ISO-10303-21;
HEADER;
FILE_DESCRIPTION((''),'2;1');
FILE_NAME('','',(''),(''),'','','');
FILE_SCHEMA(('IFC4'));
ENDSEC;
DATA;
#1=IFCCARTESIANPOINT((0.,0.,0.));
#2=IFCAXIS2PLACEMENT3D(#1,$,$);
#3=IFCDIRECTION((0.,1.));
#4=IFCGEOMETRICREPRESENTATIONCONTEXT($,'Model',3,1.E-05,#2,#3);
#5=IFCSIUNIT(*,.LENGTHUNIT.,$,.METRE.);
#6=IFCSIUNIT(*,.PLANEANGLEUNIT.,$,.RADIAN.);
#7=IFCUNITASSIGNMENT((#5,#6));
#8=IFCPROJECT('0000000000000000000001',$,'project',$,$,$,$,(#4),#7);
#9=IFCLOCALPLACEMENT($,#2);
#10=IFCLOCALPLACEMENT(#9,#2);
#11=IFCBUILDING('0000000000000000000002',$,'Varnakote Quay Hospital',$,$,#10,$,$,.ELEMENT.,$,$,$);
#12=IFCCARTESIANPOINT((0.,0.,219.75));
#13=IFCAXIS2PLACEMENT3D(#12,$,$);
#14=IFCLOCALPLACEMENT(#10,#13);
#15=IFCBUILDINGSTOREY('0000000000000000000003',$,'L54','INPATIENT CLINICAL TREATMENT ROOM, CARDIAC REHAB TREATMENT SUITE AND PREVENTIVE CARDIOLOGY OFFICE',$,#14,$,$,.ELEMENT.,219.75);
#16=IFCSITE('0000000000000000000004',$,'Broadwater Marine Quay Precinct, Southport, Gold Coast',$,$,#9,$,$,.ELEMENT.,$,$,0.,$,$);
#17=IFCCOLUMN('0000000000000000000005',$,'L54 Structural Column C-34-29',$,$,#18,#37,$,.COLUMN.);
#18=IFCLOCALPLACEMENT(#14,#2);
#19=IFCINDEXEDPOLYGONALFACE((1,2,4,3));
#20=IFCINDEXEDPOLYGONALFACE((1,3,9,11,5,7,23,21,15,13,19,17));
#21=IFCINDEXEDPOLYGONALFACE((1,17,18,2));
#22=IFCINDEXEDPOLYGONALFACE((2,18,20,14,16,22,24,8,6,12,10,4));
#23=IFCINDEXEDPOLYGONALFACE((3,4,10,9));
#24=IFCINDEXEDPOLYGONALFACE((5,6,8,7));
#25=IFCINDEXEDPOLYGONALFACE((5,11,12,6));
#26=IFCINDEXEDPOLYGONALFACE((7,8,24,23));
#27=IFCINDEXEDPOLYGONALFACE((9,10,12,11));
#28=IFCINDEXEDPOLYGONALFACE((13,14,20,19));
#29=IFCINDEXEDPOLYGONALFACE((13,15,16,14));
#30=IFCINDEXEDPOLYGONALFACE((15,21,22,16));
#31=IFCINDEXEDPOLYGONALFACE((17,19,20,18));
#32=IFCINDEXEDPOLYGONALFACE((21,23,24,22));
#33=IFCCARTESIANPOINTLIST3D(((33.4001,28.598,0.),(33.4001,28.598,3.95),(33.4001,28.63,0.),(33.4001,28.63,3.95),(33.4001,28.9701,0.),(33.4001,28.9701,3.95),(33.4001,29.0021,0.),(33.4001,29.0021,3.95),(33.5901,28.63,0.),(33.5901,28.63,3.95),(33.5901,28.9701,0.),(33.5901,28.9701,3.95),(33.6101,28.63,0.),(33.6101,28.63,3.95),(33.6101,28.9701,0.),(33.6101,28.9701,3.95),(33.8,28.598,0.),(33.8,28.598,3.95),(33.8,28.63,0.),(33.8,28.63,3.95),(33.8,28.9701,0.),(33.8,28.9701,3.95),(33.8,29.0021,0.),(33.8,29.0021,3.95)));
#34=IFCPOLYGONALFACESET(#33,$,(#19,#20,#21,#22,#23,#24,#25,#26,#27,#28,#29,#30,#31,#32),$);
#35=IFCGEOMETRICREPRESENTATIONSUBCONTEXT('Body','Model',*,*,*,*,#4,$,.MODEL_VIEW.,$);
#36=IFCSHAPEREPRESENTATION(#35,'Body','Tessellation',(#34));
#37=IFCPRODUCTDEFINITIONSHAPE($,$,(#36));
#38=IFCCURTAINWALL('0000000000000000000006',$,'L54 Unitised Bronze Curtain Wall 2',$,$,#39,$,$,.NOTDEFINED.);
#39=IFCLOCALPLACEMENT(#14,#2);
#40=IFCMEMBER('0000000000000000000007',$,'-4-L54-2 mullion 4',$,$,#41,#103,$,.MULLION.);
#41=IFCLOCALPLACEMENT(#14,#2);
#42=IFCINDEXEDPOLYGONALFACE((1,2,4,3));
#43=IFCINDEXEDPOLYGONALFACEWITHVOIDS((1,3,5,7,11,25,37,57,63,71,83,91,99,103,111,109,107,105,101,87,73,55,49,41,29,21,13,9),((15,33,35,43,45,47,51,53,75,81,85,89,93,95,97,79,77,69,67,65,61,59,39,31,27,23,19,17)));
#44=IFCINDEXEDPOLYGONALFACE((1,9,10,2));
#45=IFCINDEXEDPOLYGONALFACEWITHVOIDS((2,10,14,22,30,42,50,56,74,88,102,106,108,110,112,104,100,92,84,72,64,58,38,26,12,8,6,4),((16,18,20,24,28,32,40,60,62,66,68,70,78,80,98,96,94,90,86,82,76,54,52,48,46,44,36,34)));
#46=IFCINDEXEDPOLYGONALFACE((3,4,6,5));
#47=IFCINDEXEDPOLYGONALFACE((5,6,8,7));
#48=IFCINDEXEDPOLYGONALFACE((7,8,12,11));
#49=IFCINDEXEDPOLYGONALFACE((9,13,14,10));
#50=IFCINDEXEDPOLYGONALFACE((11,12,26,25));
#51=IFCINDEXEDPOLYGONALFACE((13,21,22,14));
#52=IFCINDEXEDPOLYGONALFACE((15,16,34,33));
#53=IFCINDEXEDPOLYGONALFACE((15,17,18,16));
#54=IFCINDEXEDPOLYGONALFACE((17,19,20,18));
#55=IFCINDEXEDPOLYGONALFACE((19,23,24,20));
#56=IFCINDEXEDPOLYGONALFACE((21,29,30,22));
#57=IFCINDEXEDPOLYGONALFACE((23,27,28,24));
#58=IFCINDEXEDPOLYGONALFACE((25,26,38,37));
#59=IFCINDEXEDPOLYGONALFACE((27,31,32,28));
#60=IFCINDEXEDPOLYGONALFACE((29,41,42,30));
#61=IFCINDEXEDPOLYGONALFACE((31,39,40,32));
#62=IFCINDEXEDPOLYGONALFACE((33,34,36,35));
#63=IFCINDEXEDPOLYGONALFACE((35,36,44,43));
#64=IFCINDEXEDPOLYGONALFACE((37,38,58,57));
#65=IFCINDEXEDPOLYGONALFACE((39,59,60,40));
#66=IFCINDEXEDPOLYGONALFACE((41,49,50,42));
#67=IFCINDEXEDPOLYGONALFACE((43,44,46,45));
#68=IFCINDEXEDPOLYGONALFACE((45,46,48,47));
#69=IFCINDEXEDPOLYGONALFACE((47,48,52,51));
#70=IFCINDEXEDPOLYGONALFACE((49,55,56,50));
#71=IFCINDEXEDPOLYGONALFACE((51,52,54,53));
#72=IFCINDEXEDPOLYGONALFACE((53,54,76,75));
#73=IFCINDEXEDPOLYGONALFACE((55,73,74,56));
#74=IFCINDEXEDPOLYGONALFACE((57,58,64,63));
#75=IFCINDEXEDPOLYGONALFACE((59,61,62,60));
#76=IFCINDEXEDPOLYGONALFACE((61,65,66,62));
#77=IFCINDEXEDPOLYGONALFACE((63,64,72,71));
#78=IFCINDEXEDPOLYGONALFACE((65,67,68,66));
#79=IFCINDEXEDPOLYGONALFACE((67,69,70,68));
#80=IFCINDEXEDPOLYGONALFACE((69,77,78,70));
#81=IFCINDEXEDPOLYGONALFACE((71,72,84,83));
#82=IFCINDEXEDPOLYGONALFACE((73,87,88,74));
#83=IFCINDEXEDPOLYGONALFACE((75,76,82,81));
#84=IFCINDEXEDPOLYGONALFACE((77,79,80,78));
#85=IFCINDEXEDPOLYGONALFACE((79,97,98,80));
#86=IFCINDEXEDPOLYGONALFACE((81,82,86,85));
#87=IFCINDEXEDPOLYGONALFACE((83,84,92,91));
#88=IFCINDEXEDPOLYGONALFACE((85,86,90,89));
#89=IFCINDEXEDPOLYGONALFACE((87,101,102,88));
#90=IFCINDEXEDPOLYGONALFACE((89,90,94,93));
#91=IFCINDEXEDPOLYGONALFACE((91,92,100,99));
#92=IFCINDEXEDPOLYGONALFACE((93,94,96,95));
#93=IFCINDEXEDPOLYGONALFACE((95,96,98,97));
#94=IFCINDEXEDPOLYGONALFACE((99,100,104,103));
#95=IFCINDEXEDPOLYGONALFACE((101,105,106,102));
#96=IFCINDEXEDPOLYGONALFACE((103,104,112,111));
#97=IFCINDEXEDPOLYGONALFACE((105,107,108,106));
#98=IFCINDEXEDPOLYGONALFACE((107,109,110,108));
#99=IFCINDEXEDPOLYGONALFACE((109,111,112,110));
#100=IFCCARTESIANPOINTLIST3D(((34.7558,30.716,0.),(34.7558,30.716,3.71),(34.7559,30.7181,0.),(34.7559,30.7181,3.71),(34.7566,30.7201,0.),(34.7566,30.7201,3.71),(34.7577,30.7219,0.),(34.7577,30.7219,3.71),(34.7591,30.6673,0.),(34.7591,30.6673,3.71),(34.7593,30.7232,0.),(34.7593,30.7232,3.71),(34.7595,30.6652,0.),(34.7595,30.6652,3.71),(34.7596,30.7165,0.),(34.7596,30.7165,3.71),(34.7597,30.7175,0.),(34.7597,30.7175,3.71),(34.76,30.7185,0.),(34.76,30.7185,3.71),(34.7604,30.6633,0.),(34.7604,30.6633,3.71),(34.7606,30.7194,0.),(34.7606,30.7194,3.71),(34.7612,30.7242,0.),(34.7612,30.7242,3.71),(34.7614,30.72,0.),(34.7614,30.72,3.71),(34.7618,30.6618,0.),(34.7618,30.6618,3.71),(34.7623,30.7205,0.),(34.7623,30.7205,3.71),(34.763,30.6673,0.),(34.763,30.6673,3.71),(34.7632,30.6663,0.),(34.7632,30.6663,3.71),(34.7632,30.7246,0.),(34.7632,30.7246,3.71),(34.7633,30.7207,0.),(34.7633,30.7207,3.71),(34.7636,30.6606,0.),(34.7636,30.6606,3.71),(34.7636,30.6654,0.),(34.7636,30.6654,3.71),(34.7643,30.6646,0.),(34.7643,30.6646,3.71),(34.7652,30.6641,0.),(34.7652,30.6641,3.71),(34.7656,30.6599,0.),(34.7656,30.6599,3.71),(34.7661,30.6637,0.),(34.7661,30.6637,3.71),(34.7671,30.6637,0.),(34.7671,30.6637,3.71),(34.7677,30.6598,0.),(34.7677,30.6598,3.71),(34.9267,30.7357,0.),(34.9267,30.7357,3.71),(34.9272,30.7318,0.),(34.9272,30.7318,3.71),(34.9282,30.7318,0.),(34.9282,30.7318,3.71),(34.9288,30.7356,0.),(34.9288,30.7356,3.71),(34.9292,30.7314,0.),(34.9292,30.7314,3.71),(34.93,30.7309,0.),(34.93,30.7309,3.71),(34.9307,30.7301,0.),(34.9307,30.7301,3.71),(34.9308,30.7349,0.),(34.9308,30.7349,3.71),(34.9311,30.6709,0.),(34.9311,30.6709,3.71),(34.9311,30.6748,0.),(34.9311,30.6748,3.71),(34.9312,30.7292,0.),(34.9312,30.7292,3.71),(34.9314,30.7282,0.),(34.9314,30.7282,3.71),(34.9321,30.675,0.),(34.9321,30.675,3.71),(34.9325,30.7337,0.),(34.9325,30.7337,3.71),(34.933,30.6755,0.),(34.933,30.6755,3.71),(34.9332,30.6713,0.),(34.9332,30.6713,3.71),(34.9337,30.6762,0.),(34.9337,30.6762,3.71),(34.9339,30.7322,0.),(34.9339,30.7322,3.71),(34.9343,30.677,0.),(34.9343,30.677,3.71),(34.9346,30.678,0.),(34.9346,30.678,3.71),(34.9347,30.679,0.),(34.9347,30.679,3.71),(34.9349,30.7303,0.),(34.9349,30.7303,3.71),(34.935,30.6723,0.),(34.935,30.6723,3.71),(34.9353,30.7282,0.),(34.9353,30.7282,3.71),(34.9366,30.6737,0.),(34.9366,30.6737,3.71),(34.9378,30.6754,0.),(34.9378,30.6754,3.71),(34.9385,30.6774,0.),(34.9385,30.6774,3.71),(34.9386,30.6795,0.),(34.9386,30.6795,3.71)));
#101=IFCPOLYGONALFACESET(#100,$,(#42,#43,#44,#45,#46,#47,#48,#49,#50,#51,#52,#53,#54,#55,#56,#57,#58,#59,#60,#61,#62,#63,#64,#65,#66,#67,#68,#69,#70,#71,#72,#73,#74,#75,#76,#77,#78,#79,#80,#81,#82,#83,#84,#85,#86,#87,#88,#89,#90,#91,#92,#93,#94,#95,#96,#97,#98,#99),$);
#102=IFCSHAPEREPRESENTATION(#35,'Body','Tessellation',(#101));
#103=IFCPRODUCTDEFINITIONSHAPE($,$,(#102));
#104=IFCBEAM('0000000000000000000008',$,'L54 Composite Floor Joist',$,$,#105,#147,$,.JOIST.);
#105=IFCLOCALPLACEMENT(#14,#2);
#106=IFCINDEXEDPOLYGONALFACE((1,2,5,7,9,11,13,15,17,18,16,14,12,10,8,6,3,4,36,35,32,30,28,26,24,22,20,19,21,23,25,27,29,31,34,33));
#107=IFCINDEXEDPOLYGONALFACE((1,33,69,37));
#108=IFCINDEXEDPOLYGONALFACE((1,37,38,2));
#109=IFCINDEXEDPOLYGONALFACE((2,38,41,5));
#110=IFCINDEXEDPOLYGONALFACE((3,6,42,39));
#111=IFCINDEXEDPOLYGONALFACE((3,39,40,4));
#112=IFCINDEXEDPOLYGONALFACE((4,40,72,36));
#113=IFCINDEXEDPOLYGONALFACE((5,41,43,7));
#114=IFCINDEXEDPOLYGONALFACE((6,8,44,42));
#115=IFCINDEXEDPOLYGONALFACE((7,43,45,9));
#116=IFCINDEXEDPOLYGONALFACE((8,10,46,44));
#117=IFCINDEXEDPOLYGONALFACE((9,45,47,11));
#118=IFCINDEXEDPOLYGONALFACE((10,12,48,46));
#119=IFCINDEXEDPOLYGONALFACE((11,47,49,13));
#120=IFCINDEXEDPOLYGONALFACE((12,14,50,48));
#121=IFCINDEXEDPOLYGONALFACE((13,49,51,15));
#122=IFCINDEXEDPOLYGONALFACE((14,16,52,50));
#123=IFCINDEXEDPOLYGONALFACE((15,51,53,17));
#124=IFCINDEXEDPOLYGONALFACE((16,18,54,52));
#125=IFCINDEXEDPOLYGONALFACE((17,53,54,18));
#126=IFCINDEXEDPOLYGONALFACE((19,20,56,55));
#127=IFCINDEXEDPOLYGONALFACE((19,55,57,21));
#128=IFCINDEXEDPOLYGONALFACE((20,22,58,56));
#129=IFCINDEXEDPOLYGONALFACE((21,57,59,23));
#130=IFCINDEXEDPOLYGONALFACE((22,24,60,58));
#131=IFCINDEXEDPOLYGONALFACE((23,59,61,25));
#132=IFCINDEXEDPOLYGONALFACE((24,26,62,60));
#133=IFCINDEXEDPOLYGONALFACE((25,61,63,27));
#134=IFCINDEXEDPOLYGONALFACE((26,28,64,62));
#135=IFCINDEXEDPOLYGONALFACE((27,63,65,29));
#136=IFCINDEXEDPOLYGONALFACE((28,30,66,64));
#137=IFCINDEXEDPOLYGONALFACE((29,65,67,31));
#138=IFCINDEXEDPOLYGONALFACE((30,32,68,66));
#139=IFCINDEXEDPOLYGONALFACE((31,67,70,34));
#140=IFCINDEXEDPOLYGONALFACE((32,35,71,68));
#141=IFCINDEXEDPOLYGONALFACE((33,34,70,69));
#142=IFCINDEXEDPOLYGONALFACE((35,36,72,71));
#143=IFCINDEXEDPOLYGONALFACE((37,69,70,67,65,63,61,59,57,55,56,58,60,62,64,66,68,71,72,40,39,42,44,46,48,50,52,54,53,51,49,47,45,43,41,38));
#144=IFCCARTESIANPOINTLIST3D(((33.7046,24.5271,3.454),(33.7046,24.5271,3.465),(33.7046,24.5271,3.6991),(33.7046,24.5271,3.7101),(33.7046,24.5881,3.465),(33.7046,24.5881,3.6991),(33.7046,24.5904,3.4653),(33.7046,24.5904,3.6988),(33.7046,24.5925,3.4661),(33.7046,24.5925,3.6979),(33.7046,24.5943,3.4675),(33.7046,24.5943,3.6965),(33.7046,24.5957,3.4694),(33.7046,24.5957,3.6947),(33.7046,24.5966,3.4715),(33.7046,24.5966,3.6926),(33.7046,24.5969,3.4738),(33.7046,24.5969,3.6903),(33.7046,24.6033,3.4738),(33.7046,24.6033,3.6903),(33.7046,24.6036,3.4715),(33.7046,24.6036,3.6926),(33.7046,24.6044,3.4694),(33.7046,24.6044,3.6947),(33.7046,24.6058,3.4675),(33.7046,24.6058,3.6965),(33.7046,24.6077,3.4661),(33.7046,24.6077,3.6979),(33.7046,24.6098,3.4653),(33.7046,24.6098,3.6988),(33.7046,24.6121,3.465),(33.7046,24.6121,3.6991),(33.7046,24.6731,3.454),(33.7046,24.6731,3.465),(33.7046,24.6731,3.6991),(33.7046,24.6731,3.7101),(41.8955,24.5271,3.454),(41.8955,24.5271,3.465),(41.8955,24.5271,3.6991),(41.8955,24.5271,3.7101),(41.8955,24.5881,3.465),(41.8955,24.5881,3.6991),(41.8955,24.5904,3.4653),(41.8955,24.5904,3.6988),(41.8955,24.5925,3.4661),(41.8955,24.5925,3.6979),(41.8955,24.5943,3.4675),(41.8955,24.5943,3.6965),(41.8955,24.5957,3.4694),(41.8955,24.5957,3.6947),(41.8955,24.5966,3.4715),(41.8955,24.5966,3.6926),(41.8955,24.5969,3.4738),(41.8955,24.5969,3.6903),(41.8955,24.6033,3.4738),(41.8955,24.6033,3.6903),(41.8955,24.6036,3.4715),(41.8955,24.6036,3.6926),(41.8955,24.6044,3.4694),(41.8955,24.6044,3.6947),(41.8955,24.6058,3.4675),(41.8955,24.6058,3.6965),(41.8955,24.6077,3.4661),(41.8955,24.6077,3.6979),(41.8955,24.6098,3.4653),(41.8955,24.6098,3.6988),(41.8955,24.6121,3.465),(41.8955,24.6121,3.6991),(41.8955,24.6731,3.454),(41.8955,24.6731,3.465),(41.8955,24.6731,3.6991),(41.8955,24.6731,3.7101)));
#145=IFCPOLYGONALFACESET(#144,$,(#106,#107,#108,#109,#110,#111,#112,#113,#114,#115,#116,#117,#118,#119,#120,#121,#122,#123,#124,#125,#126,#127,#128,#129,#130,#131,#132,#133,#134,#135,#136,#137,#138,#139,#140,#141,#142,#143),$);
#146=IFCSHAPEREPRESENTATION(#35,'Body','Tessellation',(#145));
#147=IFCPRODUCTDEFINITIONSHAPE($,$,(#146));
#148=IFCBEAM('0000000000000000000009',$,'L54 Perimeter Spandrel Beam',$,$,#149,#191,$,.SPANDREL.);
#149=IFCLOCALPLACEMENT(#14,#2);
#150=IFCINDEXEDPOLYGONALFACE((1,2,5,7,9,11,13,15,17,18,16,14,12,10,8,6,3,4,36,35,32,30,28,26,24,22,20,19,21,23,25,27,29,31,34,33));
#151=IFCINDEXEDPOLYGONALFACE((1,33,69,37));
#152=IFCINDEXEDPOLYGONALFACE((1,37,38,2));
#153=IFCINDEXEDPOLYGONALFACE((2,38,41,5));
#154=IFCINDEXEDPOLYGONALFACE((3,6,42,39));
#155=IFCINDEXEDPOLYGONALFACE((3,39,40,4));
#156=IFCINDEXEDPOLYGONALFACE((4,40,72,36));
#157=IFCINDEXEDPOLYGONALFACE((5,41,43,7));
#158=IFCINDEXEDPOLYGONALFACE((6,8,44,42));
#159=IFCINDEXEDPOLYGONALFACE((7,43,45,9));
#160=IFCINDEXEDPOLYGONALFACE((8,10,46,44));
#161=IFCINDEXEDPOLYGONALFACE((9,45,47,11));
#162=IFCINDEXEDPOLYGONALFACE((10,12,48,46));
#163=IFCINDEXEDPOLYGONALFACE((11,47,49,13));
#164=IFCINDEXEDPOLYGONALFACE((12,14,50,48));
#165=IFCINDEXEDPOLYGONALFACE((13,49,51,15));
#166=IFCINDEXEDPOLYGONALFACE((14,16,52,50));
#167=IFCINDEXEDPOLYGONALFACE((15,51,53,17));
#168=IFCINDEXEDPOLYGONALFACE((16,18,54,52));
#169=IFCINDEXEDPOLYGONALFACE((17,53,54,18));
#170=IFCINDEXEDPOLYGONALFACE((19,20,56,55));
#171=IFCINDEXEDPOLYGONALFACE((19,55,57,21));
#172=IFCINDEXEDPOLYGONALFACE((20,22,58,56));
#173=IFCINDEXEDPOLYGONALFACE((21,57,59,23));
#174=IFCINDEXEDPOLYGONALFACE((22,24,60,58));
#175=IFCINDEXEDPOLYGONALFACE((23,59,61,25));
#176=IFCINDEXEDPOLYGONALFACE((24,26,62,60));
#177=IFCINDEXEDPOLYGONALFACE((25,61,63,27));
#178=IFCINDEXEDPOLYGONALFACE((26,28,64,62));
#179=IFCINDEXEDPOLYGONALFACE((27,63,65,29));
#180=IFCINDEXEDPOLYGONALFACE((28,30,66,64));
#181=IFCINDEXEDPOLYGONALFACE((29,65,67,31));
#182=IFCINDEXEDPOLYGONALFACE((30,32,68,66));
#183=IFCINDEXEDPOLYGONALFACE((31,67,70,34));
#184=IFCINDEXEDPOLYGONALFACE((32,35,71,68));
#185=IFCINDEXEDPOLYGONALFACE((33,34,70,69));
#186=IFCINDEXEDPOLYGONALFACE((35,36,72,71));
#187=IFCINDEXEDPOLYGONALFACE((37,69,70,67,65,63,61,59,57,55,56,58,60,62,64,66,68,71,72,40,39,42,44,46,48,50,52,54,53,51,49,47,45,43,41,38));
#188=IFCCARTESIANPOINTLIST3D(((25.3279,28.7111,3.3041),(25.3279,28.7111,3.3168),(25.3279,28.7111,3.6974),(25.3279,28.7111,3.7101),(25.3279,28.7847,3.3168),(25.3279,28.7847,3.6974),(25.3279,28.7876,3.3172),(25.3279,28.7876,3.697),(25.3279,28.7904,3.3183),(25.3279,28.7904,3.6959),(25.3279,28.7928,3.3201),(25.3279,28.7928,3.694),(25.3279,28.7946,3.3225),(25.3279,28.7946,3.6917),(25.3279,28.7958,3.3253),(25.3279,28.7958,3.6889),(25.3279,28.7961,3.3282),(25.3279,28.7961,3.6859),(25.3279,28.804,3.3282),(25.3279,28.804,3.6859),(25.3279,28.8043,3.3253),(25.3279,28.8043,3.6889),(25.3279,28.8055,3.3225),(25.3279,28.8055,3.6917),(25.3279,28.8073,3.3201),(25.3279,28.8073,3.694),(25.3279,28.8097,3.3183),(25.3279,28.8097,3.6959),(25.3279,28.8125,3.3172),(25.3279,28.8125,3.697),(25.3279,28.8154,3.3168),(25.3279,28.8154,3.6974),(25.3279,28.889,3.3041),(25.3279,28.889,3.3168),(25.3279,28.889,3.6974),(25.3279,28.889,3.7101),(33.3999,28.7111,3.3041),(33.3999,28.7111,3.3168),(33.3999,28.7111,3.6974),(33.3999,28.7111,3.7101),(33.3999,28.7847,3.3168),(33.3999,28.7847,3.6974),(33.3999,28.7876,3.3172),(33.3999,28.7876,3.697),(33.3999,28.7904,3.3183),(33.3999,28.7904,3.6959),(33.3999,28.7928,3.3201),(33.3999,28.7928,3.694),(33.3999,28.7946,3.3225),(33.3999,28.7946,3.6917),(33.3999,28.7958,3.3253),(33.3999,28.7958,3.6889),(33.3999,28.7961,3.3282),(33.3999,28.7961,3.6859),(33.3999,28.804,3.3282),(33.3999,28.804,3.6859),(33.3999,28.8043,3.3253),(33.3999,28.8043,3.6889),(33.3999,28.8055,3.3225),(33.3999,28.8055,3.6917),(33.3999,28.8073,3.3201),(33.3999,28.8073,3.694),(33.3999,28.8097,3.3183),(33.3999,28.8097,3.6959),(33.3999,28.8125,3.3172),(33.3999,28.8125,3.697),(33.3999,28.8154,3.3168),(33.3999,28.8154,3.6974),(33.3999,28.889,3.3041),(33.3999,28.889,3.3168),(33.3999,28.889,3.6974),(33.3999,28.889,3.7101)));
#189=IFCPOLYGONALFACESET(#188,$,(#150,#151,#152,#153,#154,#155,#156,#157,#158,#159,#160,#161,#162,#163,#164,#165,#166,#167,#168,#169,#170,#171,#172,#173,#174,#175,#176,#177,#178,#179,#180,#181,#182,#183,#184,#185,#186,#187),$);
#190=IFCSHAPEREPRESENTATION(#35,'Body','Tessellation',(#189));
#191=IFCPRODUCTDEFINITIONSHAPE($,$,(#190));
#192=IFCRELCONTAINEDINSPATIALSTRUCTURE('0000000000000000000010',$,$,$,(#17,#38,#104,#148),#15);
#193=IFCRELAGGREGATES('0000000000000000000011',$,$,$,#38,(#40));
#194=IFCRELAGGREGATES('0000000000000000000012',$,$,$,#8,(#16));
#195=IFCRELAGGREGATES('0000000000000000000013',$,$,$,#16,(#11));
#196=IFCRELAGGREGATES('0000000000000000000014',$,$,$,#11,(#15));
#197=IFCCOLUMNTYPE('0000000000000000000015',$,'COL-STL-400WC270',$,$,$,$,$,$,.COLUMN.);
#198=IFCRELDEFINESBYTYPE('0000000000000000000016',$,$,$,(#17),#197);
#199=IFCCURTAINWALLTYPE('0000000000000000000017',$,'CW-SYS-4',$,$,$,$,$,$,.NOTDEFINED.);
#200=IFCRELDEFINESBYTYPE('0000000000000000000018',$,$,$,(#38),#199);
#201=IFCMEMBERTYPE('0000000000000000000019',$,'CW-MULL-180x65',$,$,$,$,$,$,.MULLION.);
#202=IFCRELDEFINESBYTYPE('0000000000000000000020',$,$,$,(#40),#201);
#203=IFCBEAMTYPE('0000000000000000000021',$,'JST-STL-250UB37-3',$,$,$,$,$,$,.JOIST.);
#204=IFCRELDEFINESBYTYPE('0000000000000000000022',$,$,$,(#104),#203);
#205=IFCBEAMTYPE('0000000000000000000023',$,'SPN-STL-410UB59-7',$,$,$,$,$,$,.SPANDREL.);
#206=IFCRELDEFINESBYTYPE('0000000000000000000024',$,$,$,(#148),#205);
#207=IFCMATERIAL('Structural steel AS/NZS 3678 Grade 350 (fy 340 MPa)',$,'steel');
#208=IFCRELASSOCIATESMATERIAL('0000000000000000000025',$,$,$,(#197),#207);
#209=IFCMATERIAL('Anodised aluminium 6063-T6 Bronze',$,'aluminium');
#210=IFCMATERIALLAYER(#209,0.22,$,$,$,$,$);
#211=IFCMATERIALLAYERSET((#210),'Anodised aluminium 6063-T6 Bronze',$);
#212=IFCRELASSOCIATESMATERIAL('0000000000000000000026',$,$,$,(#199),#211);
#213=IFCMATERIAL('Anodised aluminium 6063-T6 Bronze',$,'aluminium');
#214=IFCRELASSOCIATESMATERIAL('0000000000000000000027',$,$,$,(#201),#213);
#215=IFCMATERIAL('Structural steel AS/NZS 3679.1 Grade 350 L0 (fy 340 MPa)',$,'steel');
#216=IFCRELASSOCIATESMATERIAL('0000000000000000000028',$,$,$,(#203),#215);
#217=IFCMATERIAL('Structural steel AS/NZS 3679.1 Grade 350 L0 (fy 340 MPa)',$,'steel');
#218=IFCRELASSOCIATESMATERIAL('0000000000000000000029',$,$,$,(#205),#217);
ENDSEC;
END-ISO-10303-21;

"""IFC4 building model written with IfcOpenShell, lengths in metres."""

from ifc_helpers import new_model, si_unit, direction, frame, origin, origin_2d, place, context, subcontext, project, spatial, hollow_rectangle, i_section, extrude, material, layer, layer_set, material_profile, profile_set, type_object, element, aggregate, save


model = new_model("IFC4")

# Units and contexts
model_context = context("Model", 3, precision=1e-05, world=origin(), true_north=direction((0.0, 1.0)))
body_context = subcontext(model_context, "Body", "Model", "MODEL_VIEW")
ifc_project = project(units=[si_unit("LENGTHUNIT", "METRE"), si_unit("PLANEANGLEUNIT", "RADIAN")], contexts=[model_context])

# Site, building, storey
site_placement = place(None, origin())
site = spatial("IfcSite", under=ifc_project, at=site_placement, Name="Broadwater Marine Quay Precinct, Southport, Gold Coast", CompositionType="ELEMENT", RefElevation=0.0)
building_placement = place(site_placement, origin())
building = spatial("IfcBuilding", under=site, at=building_placement, Name="Varnakote Quay Hospital", CompositionType="ELEMENT")
storey_placement = place(building_placement, frame((0.0, 0.0, 219.75)))
storey = spatial("IfcBuildingStorey", under=building, at=storey_placement, Name="L54", Description="INPATIENT CLINICAL TREATMENT ROOM, CARDIAC REHAB TREATMENT SUITE AND PREVENTIVE CARDIOLOGY OFFICE", CompositionType="ELEMENT", Elevation=219.75)

# Column
ifc_material_1 = material(Name="Structural steel AS/NZS 3678 Grade 350 (fy 340 MPa)", Category="steel")
ifc_material_profile_1 = material_profile(ifc_material_1, i_section(OverallWidth=0.3999, OverallDepth=0.4041, WebThickness=0.02, FlangeThickness=0.032, at=origin_2d()), Name="400WC270")
ifc_profile_set_1 = profile_set([ifc_material_profile_1], Name="Structural steel AS/NZS 3678 Grade 350 (fy 340 MPa)")
column_type = type_object("IfcColumnType", Name="COL-STL-400WC270", PredefinedType="COLUMN", material=ifc_profile_set_1)
column_placement = place(storey_placement, frame((33.6001, 28.8, 0.0), z_axis=(0.0, 0.0, 1.0), x_axis=(1.0, 0.0, 0.0)))
element("IfcColumn", 1, at=column_placement, inside=storey, type_object=column_type, Name="L54 Structural Column C-34-29", PredefinedType="COLUMN", context=body_context, shape_type="SweptSolid", body=[
    extrude(i_section(OverallWidth=0.3999, OverallDepth=0.4041, WebThickness=0.02, FlangeThickness=0.032, at=origin_2d()), origin(), (0.0, 0.0, 1.0), 3.95),
])

# Curtain wall, member
ifc_material_2 = material(Name="Anodised aluminium 6063-T6 Bronze", Category="aluminium")
ifc_layer_1 = layer(ifc_material_2, 0.22)
ifc_layer_set_1 = layer_set([ifc_layer_1], Name="Anodised aluminium 6063-T6 Bronze")
curtain_wall_type = type_object("IfcCurtainWallType", Name="CW-SYS-4", PredefinedType="NOTDEFINED", material=ifc_layer_set_1)
curtain_wall_placement = place(storey_placement, origin())
curtain_wall = element("IfcCurtainWall", 2, at=curtain_wall_placement, inside=storey, type_object=curtain_wall_type, Name="L54 Unitised Bronze Curtain Wall 2", PredefinedType="NOTDEFINED")
ifc_material_3 = material(Name="Anodised aluminium 6063-T6 Bronze", Category="aluminium")
ifc_material_profile_2 = material_profile(ifc_material_3, hollow_rectangle(XDim=0.0649, YDim=0.1799, WallThickness=0.0039, InnerFilletRadius=0.0039, OuterFilletRadius=0.0081, at=origin_2d()), Name="CW-MULL-180x65")
ifc_profile_set_2 = profile_set([ifc_material_profile_2], Name="Anodised aluminium 6063-T6 Bronze")
member_type = type_object("IfcMemberType", Name="CW-MULL-180x65", PredefinedType="MULLION", material=ifc_profile_set_2)
member_placement = place(storey_placement, frame((34.8472, 30.6978, 0.0), z_axis=(0.0, 0.0, 1.0), x_axis=(0.067842, -0.997696, 0.0)))
member = element("IfcMember", 3, at=member_placement, type_object=member_type, Name="-4-L54-2 mullion 4", PredefinedType="MULLION", context=body_context, shape_type="SweptSolid", body=[
    extrude(hollow_rectangle(XDim=0.0649, YDim=0.1799, WallThickness=0.0039, InnerFilletRadius=0.0039, OuterFilletRadius=0.0081, at=origin_2d()), origin(), (0.0, 0.0, 1.0), 3.71),
])
aggregate(curtain_wall, [member])

# Beams
ifc_material_4 = material(Name="Structural steel AS/NZS 3679.1 Grade 350 L0 (fy 340 MPa)", Category="steel")
ifc_material_profile_3 = material_profile(ifc_material_4, i_section(OverallWidth=0.146, OverallDepth=0.2561, WebThickness=0.0063, FlangeThickness=0.011, FilletRadius=0.0088, at=origin_2d()), Name="250UB37.3")
ifc_profile_set_3 = profile_set([ifc_material_profile_3], Name="Structural steel AS/NZS 3679.1 Grade 350 L0 (fy 340 MPa)")
beam_type_1 = type_object("IfcBeamType", Name="JST-STL-250UB37-3", PredefinedType="JOIST", material=ifc_profile_set_3)
beam_placement = place(storey_placement, frame((33.7046, 24.6001, 3.582), z_axis=(1.0, 0.0, 0.0), x_axis=(0.0, 1.0, 0.0)))
element("IfcBeam", 4, at=beam_placement, inside=storey, type_object=beam_type_1, Name="L54 Composite Floor Joist", PredefinedType="JOIST", context=body_context, shape_type="SweptSolid", body=[
    extrude(i_section(OverallWidth=0.146, OverallDepth=0.2561, WebThickness=0.0063, FlangeThickness=0.011, FilletRadius=0.0088, at=origin_2d()), origin(), (0.0, 0.0, 1.0), 8.1909),
])
ifc_material_5 = material(Name="Structural steel AS/NZS 3679.1 Grade 350 L0 (fy 340 MPa)", Category="steel")
ifc_material_profile_4 = material_profile(ifc_material_5, i_section(OverallWidth=0.178, OverallDepth=0.406, WebThickness=0.0078, FlangeThickness=0.0127, FilletRadius=0.0115, at=origin_2d()), Name="410UB59.7")
ifc_profile_set_4 = profile_set([ifc_material_profile_4], Name="Structural steel AS/NZS 3679.1 Grade 350 L0 (fy 340 MPa)")
beam_type_2 = type_object("IfcBeamType", Name="SPN-STL-410UB59-7", PredefinedType="SPANDREL", material=ifc_profile_set_4)
for number, where, z_axis, x_axis, name in (
    (5, (25.3279, 28.8, 3.5071), (1.0, 0.0, 0.0), (0.0, 1.0, 0.0), "L54 Perimeter Spandrel Beam"),
):
    element("IfcBeam", number, at=place(storey_placement, frame(where, z_axis=z_axis, x_axis=x_axis)), inside=storey, type_object=beam_type_2, Name=name, PredefinedType="SPANDREL", context=body_context, shape_type="SweptSolid", body=[
        extrude(i_section(OverallWidth=0.178, OverallDepth=0.406, WebThickness=0.0078, FlangeThickness=0.0127, FilletRadius=0.0115, at=origin_2d()), origin(), (0.0, 0.0, 1.0), 8.072),
    ])

save(model, "model.ifc")
